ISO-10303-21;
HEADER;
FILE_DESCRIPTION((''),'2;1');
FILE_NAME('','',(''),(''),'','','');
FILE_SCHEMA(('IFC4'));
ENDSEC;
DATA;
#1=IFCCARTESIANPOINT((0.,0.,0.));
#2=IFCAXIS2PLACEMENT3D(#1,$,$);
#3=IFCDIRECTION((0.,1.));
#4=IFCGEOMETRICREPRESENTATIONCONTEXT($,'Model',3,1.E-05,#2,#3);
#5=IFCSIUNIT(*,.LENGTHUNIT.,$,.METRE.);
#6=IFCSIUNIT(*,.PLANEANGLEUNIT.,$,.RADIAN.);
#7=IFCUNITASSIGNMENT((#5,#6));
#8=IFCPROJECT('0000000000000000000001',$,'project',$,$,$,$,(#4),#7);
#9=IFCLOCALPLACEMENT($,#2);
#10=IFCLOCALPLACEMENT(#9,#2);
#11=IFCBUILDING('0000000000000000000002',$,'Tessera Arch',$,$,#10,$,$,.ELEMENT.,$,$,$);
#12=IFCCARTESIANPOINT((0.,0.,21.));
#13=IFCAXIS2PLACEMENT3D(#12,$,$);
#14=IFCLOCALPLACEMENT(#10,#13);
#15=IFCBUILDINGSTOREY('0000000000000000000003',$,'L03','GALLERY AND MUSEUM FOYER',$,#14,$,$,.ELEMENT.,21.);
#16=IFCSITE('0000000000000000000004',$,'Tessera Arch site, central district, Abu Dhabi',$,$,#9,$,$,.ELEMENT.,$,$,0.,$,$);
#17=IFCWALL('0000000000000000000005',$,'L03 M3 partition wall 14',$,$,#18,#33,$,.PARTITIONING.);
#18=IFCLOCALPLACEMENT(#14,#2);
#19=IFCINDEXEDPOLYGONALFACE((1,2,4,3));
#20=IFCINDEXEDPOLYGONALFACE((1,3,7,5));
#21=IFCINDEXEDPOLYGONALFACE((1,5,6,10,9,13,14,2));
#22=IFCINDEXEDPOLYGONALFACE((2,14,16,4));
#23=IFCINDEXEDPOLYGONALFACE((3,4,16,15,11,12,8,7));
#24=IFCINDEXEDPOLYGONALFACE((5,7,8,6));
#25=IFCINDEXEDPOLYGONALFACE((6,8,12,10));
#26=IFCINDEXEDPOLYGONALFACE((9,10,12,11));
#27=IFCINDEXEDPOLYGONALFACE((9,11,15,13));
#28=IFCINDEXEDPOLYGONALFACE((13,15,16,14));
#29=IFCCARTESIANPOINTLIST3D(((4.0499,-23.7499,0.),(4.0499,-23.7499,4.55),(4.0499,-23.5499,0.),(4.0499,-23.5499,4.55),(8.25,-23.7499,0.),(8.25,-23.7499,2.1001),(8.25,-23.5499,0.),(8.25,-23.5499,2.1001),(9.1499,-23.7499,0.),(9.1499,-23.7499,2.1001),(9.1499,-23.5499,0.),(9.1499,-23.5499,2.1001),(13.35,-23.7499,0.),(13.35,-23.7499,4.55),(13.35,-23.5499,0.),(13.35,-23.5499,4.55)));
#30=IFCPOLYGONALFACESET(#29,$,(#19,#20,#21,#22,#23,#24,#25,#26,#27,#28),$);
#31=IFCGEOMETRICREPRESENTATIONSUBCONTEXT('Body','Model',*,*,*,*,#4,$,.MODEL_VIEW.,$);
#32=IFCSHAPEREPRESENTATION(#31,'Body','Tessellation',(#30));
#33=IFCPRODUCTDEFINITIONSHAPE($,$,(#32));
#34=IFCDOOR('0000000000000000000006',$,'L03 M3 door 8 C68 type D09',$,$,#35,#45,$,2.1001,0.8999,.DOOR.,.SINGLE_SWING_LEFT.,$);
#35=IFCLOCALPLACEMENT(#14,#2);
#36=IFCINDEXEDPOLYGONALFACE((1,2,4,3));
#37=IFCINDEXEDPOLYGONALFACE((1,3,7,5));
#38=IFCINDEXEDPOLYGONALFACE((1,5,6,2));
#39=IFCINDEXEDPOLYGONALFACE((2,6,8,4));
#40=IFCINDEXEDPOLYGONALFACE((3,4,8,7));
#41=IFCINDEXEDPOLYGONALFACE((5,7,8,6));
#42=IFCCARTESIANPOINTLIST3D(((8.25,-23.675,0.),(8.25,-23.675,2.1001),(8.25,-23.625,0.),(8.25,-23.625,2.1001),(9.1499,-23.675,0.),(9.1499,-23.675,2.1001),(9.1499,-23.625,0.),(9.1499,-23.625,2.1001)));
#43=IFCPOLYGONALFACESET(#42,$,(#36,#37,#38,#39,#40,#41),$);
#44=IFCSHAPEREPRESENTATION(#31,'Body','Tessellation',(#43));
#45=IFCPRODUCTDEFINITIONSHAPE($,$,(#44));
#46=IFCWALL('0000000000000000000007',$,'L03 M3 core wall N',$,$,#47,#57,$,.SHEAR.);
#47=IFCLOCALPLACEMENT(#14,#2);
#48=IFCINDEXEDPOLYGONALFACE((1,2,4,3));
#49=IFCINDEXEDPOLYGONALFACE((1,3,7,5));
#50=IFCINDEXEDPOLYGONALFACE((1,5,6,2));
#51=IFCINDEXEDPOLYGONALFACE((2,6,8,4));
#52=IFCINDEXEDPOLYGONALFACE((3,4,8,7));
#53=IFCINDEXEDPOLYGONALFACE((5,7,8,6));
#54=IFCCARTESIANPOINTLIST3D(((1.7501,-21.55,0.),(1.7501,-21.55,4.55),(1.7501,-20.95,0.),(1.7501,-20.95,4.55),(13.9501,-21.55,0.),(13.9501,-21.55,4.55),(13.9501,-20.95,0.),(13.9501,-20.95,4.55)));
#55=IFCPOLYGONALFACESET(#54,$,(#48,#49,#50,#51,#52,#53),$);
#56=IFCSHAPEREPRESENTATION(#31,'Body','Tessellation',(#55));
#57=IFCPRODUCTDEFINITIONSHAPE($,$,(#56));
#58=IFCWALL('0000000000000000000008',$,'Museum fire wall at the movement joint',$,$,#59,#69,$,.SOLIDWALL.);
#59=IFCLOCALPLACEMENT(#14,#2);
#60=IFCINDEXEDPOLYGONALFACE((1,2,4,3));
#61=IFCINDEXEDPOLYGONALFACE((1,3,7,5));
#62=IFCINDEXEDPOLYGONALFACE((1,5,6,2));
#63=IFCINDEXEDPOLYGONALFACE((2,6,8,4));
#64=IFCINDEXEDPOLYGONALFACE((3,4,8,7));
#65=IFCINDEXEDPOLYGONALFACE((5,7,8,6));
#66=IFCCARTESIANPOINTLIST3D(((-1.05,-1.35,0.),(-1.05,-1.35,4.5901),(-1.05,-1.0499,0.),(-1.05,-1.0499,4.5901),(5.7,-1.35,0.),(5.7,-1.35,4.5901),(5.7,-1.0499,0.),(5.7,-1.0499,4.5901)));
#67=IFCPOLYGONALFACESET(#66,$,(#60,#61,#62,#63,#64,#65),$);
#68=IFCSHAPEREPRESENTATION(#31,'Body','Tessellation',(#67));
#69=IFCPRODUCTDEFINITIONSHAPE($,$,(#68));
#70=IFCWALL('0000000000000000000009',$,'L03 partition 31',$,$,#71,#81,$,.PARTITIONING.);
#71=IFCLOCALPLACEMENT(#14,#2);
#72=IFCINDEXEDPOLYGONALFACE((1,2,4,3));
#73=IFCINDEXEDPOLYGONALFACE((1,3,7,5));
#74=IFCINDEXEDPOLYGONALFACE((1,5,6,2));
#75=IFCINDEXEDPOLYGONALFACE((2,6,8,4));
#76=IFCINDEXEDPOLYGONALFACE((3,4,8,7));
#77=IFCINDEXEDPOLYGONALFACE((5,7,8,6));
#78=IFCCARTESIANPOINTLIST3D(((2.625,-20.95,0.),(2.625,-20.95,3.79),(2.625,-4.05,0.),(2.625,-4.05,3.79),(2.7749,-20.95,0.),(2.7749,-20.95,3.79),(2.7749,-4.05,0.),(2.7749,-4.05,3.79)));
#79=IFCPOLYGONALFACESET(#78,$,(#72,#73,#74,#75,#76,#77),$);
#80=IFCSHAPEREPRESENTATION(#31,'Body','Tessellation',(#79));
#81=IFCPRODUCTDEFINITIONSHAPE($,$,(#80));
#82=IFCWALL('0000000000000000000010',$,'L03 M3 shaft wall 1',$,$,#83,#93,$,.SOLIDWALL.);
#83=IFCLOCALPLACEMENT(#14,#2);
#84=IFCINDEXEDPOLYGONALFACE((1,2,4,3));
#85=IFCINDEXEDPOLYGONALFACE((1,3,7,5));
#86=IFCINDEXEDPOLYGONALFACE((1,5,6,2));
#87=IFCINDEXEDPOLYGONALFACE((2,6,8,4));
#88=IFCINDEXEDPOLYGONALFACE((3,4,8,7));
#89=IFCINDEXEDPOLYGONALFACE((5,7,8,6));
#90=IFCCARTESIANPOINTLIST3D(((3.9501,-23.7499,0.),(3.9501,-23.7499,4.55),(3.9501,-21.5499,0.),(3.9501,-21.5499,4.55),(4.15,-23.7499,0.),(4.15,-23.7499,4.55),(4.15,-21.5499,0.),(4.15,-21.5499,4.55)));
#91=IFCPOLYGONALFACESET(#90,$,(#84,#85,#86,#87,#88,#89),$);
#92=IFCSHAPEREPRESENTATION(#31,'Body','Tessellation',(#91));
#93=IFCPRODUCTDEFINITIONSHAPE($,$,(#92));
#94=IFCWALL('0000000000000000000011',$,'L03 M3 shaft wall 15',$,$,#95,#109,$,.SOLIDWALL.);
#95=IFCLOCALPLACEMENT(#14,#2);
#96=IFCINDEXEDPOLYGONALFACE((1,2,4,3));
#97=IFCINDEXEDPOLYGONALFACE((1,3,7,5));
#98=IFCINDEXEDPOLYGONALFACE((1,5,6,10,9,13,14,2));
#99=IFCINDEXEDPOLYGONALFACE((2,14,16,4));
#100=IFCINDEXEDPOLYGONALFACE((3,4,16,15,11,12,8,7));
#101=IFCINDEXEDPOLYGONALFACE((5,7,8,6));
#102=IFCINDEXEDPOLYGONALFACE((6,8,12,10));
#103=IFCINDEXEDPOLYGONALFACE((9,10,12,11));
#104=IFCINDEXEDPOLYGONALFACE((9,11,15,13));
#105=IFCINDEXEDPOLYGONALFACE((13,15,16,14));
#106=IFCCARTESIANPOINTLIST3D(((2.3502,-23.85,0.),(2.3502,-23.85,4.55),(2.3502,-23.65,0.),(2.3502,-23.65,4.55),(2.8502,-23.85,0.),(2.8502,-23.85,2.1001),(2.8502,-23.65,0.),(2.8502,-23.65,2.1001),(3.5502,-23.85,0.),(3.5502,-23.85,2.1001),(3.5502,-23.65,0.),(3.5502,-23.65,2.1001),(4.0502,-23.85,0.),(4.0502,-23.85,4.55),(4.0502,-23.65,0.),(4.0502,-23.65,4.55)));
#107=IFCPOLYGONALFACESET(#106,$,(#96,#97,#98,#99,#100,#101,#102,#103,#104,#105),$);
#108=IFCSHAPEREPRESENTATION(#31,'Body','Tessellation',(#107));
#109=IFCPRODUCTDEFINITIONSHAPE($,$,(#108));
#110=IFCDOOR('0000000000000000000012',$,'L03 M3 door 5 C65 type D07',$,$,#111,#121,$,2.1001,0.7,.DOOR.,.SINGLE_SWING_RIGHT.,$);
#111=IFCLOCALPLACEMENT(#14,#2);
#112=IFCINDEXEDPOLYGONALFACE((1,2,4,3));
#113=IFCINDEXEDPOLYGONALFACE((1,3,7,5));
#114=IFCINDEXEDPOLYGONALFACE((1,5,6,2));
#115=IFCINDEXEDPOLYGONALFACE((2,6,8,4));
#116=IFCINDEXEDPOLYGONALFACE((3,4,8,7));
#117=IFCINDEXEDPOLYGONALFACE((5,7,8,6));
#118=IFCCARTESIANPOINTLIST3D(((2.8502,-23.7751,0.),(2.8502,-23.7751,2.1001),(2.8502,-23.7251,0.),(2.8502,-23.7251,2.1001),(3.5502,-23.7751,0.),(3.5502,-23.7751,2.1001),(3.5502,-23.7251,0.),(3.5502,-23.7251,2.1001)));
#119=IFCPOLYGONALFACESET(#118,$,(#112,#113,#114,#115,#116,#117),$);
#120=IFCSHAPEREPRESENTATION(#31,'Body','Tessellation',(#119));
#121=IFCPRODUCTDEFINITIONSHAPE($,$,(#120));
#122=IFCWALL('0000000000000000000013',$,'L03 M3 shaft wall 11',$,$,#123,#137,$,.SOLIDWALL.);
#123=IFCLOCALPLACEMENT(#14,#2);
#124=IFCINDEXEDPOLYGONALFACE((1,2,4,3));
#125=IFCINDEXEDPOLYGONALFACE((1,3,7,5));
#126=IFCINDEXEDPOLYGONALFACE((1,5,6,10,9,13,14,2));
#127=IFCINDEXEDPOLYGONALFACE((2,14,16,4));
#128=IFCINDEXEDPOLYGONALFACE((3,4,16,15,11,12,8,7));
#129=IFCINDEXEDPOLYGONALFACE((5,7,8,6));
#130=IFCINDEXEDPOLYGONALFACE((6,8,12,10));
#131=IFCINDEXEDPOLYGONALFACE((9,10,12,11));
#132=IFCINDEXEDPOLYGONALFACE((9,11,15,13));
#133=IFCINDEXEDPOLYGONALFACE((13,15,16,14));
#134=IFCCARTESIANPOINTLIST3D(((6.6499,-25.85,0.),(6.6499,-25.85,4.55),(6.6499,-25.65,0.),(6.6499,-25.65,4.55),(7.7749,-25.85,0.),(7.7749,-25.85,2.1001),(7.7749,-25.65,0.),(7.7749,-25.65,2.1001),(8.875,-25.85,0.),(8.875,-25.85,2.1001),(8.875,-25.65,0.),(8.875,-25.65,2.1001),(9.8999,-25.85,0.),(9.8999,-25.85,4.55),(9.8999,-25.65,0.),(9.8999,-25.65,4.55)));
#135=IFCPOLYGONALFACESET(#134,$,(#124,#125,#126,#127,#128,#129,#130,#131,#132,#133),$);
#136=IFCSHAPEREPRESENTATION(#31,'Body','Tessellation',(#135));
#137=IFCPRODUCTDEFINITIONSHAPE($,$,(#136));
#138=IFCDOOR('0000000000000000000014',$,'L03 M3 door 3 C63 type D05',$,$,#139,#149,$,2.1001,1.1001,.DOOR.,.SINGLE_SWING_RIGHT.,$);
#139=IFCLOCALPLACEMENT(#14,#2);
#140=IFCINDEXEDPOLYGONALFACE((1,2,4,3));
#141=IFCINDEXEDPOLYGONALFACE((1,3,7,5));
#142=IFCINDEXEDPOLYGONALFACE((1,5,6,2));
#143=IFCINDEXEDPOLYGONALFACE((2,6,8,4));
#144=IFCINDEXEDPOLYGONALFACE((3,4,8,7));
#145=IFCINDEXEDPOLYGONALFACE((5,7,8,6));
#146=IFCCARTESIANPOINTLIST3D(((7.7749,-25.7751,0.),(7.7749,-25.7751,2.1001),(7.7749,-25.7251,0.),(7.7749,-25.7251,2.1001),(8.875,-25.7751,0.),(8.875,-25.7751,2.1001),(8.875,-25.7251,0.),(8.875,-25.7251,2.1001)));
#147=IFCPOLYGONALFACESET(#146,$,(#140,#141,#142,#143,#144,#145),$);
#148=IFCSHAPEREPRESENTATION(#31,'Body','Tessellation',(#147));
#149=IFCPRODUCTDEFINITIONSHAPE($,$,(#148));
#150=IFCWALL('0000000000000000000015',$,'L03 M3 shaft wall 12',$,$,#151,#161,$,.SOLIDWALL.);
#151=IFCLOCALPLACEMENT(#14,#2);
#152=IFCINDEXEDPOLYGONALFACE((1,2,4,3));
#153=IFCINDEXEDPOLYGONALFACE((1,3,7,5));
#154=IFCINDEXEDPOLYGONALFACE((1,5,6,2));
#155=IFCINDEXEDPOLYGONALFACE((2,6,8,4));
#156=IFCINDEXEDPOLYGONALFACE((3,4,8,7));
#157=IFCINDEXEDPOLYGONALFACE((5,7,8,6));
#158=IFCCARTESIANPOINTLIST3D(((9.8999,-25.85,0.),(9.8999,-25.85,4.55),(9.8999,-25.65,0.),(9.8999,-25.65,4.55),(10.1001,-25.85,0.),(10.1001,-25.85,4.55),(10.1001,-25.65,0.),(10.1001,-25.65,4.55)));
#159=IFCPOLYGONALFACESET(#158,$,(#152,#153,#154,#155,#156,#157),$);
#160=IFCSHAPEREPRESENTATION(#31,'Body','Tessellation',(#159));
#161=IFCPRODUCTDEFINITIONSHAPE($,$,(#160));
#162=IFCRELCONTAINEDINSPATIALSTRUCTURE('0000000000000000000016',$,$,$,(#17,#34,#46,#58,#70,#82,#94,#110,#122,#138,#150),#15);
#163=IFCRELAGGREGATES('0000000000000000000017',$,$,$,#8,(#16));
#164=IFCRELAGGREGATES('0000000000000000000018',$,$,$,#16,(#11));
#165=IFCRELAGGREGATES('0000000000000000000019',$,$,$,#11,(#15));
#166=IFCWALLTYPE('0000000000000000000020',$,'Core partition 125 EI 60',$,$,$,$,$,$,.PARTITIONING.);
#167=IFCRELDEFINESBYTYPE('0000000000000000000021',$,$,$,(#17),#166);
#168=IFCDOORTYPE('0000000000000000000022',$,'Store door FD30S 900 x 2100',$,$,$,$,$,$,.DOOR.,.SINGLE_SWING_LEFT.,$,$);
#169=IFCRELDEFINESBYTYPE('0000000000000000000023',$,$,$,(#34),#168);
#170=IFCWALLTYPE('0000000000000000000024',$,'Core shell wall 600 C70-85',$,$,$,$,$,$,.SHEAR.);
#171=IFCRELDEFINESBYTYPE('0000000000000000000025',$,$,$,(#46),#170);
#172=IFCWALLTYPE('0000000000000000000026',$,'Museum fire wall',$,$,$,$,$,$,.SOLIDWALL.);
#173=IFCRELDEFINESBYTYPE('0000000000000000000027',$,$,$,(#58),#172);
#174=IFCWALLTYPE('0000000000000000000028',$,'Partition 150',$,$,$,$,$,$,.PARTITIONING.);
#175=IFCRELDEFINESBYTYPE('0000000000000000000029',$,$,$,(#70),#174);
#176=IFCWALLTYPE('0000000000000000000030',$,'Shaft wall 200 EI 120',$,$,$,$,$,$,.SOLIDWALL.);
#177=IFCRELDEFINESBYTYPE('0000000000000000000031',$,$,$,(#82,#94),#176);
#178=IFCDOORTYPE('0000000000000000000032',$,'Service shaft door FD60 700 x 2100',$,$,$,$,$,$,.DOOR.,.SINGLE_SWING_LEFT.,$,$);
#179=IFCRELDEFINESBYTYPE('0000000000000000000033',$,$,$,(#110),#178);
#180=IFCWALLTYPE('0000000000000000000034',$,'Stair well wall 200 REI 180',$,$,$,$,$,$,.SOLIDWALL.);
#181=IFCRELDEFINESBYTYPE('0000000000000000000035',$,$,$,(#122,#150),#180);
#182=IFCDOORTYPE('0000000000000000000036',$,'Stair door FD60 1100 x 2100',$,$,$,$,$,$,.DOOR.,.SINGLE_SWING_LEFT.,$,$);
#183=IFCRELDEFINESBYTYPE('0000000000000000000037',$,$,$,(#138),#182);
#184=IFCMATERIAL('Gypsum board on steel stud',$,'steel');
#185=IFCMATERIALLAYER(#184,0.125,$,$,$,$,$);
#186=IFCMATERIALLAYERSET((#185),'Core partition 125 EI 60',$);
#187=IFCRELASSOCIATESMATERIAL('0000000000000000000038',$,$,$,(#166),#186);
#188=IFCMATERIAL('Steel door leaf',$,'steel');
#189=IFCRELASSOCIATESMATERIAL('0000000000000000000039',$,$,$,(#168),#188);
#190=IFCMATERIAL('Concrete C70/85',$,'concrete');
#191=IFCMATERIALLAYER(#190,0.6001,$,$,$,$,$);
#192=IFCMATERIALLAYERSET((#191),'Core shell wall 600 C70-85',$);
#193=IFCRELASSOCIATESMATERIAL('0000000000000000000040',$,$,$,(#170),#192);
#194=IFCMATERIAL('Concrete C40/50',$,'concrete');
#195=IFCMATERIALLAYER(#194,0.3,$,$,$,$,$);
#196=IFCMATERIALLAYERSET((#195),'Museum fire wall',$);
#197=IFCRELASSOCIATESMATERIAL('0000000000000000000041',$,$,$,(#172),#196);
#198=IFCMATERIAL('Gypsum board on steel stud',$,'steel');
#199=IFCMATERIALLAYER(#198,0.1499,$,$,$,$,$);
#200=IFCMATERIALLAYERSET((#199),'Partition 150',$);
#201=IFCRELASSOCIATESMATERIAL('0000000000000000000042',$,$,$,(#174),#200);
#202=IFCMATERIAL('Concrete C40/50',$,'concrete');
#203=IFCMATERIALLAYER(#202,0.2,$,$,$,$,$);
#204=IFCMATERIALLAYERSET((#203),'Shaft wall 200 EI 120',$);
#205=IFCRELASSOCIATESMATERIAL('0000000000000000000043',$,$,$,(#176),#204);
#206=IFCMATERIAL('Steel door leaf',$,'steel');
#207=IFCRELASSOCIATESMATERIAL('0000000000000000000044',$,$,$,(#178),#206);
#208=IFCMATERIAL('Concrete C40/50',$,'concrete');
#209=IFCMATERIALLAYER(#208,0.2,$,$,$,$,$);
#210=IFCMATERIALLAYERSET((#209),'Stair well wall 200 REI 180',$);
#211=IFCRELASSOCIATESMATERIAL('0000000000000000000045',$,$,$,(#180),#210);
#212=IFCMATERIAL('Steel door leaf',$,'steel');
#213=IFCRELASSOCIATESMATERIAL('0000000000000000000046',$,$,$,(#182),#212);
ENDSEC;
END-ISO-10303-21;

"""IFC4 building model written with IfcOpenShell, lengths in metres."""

from ifc_helpers import new_model, si_unit, direction, frame, frame_2d, origin, place, context, subcontext, project, spatial, rectangle, extrude, material, layer, layer_set, type_object, element, fill, save


model = new_model("IFC4")

# Units and contexts
model_context = context("Model", 3, precision=1e-05, world=origin(), true_north=direction((0.0, 1.0)))
body_context = subcontext(model_context, "Body", "Model", "MODEL_VIEW")
ifc_project = project(units=[si_unit("LENGTHUNIT", "METRE"), si_unit("PLANEANGLEUNIT", "RADIAN")], contexts=[model_context])

# Site, building, storey
site_placement = place(None, origin())
site = spatial("IfcSite", under=ifc_project, at=site_placement, Name="Tessera Arch site, central district, Abu Dhabi", CompositionType="ELEMENT", RefElevation=0.0)
building_placement = place(site_placement, origin())
building = spatial("IfcBuilding", under=site, at=building_placement, Name="Tessera Arch", CompositionType="ELEMENT")
storey_placement = place(building_placement, frame((0.0, 0.0, 21.0)))
storey = spatial("IfcBuildingStorey", under=building, at=storey_placement, Name="L03", Description="GALLERY AND MUSEUM FOYER", CompositionType="ELEMENT", Elevation=21.0)

# Wall, opening, door
ifc_material_1 = material(Name="Gypsum board on steel stud", Category="steel")
ifc_layer_1 = layer(ifc_material_1, 0.125)
ifc_layer_set_1 = layer_set([ifc_layer_1], Name="Core partition 125 EI 60")
wall_type_1 = type_object("IfcWallType", Name="Core partition 125 EI 60", PredefinedType="PARTITIONING", material=ifc_layer_set_1)
wall_1_placement = place(storey_placement, frame((4.05, -23.6499, 0.0), z_axis=(0.0, 0.0, 1.0), x_axis=(1.0, 0.0, 0.0)))
wall_1 = element("IfcWall", 1, at=wall_1_placement, inside=storey, type_object=wall_type_1, Name="L03 M3 partition wall 14", PredefinedType="PARTITIONING", context=body_context, shape_type="SweptSolid", body=[
    extrude(rectangle(XDim=9.3, YDim=0.2, at=frame_2d((4.6499, 0.0))), origin(), (0.0, 0.0, 1.0), 4.55),
])
opening_1_placement = place(wall_1_placement, frame((4.2, 0.0, 0.0)))
opening_1 = element("IfcOpeningElement", 2, at=opening_1_placement, cuts=wall_1, PredefinedType="OPENING", context=body_context, shape_type="SweptSolid", body=[
    extrude(rectangle(XDim=0.8999, YDim=2.1001, at=frame_2d((0.45, 1.05))), frame((0.0, 0.1099, 0.0), z_axis=(0.0, -1.0, 0.0), x_axis=(1.0, 0.0, 0.0)), (0.0, 0.0, 1.0), 0.22),
])
ifc_material_2 = material(Name="Steel door leaf", Category="steel")
door_type_1 = type_object("IfcDoorType", Name="Store door FD30S 900 x 2100", OperationType="SINGLE_SWING_LEFT", PredefinedType="DOOR", material=ifc_material_2)
door_1_placement = place(opening_1_placement, origin())
door_1 = element("IfcDoor", 3, at=door_1_placement, inside=storey, type_object=door_type_1, Name="L03 M3 door 8 C68 type D09", OperationType="SINGLE_SWING_LEFT", OverallHeight=2.1001, OverallWidth=0.8999, PredefinedType="DOOR", context=body_context, shape_type="SweptSolid", body=[
    extrude(rectangle(XDim=0.8999, YDim=2.1001, at=frame_2d((0.45, 1.05))), frame((0.0, 0.0249, 0.0), z_axis=(0.0, -1.0, 0.0), x_axis=(1.0, 0.0, 0.0)), (0.0, 0.0, 1.0), 0.05),
])
fill(opening_1, door_1)

# Walls
ifc_material_3 = material(Name="Concrete C70/85", Category="concrete")
ifc_layer_2 = layer(ifc_material_3, 0.6001)
ifc_layer_set_2 = layer_set([ifc_layer_2], Name="Core shell wall 600 C70-85")
wall_type_2 = type_object("IfcWallType", Name="Core shell wall 600 C70-85", PredefinedType="SHEAR", material=ifc_layer_set_2)
wall_2_placement = place(storey_placement, frame((1.75, -21.25, 0.0), z_axis=(0.0, 0.0, 1.0), x_axis=(1.0, 0.0, 0.0)))
element("IfcWall", 4, at=wall_2_placement, inside=storey, type_object=wall_type_2, Name="L03 M3 core wall N", PredefinedType="SHEAR", context=body_context, shape_type="SweptSolid", body=[
    extrude(rectangle(XDim=12.2, YDim=0.6001, at=frame_2d((6.1001, 0.0))), origin(), (0.0, 0.0, 1.0), 4.55),
])
ifc_material_4 = material(Name="Concrete C40/50", Category="concrete")
ifc_layer_3 = layer(ifc_material_4, 0.3)
ifc_layer_set_3 = layer_set([ifc_layer_3], Name="Museum fire wall")
wall_type_3 = type_object("IfcWallType", Name="Museum fire wall", PredefinedType="SOLIDWALL", material=ifc_layer_set_3)
wall_3_placement = place(storey_placement, frame((5.7, -1.2, 0.0), z_axis=(0.0, 0.0, 1.0), x_axis=(-1.0, 0.0, 0.0)))
element("IfcWall", 5, at=wall_3_placement, inside=storey, type_object=wall_type_3, Name="Museum fire wall at the movement joint", PredefinedType="SOLIDWALL", context=body_context, shape_type="SweptSolid", body=[
    extrude(rectangle(XDim=6.75, YDim=0.3, at=frame_2d((3.375, 0.0))), origin(), (0.0, 0.0, 1.0), 4.5901),
])
ifc_material_5 = material(Name="Gypsum board on steel stud", Category="steel")
ifc_layer_4 = layer(ifc_material_5, 0.1499)
ifc_layer_set_4 = layer_set([ifc_layer_4], Name="Partition 150")
wall_type_4 = type_object("IfcWallType", Name="Partition 150", PredefinedType="PARTITIONING", material=ifc_layer_set_4)
wall_4_placement = place(storey_placement, frame((2.7, -20.95, 0.0), z_axis=(0.0, 0.0, 1.0), x_axis=(0.0, 1.0, 0.0)))
element("IfcWall", 6, at=wall_4_placement, inside=storey, type_object=wall_type_4, Name="L03 partition 31", PredefinedType="PARTITIONING", context=body_context, shape_type="SweptSolid", body=[
    extrude(rectangle(XDim=16.8999, YDim=0.1499, at=frame_2d((8.45, 0.0))), origin(), (0.0, 0.0, 1.0), 3.79),
])
ifc_material_6 = material(Name="Concrete C40/50", Category="concrete")
ifc_layer_5 = layer(ifc_material_6, 0.2)
ifc_layer_set_5 = layer_set([ifc_layer_5], Name="Shaft wall 200 EI 120")
wall_type_5 = type_object("IfcWallType", Name="Shaft wall 200 EI 120", PredefinedType="SOLIDWALL", material=ifc_layer_set_5)
wall_5_placement = place(storey_placement, frame((4.05, -23.75, 0.0), z_axis=(0.0, 0.0, 1.0), x_axis=(0.0, 1.0, 0.0)))
element("IfcWall", 7, at=wall_5_placement, inside=storey, type_object=wall_type_5, Name="L03 M3 shaft wall 1", PredefinedType="SOLIDWALL", context=body_context, shape_type="SweptSolid", body=[
    extrude(rectangle(XDim=2.2, YDim=0.2, at=frame_2d((1.1001, 0.0))), origin(), (0.0, 0.0, 1.0), 4.55),
])

# Walls, openings, doors
wall_6_placement = place(storey_placement, frame((2.3501, -23.75, 0.0), z_axis=(0.0, 0.0, 1.0), x_axis=(1.0, 0.0, 0.0)))
wall_6 = element("IfcWall", 8, at=wall_6_placement, inside=storey, type_object=wall_type_5, Name="L03 M3 shaft wall 15", PredefinedType="SOLIDWALL", context=body_context, shape_type="SweptSolid", body=[
    extrude(rectangle(XDim=1.7, YDim=0.2, at=frame_2d((0.8501, 0.0))), origin(), (0.0, 0.0, 1.0), 4.55),
])
opening_2_placement = place(wall_6_placement, frame((0.5, 0.0, 0.0)))
opening_2 = element("IfcOpeningElement", 9, at=opening_2_placement, cuts=wall_6, PredefinedType="OPENING", context=body_context, shape_type="SweptSolid", body=[
    extrude(rectangle(XDim=0.7, YDim=2.1001, at=frame_2d((0.3501, 1.05))), frame((0.0, 0.1099, 0.0), z_axis=(0.0, -1.0, 0.0), x_axis=(1.0, 0.0, 0.0)), (0.0, 0.0, 1.0), 0.22),
])
ifc_material_7 = material(Name="Steel door leaf", Category="steel")
door_type_2 = type_object("IfcDoorType", Name="Service shaft door FD60 700 x 2100", OperationType="SINGLE_SWING_LEFT", PredefinedType="DOOR", material=ifc_material_7)
door_2_placement = place(opening_2_placement, origin())
door_2 = element("IfcDoor", 10, at=door_2_placement, inside=storey, type_object=door_type_2, Name="L03 M3 door 5 C65 type D07", OperationType="SINGLE_SWING_RIGHT", OverallHeight=2.1001, OverallWidth=0.7, PredefinedType="DOOR", context=body_context, shape_type="SweptSolid", body=[
    extrude(rectangle(XDim=0.7, YDim=2.1001, at=frame_2d((0.3501, 1.05))), frame((0.0, 0.0249, 0.0), z_axis=(0.0, -1.0, 0.0), x_axis=(1.0, 0.0, 0.0)), (0.0, 0.0, 1.0), 0.05),
])
fill(opening_2, door_2)
ifc_material_8 = material(Name="Concrete C40/50", Category="concrete")
ifc_layer_6 = layer(ifc_material_8, 0.2)
ifc_layer_set_6 = layer_set([ifc_layer_6], Name="Stair well wall 200 REI 180")
wall_type_6 = type_object("IfcWallType", Name="Stair well wall 200 REI 180", PredefinedType="SOLIDWALL", material=ifc_layer_set_6)
wall_7_placement = place(storey_placement, frame((6.6499, -25.75, 0.0), z_axis=(0.0, 0.0, 1.0), x_axis=(1.0, 0.0, 0.0)))
wall_7 = element("IfcWall", 11, at=wall_7_placement, inside=storey, type_object=wall_type_6, Name="L03 M3 shaft wall 11", PredefinedType="SOLIDWALL", context=body_context, shape_type="SweptSolid", body=[
    extrude(rectangle(XDim=3.25, YDim=0.2, at=frame_2d((1.625, 0.0))), origin(), (0.0, 0.0, 1.0), 4.55),
])
opening_3_placement = place(wall_7_placement, frame((1.125, 0.0, 0.0)))
opening_3 = element("IfcOpeningElement", 12, at=opening_3_placement, cuts=wall_7, PredefinedType="OPENING", context=body_context, shape_type="SweptSolid", body=[
    extrude(rectangle(XDim=1.1001, YDim=2.1001, at=frame_2d((0.55, 1.05))), frame((0.0, 0.1099, 0.0), z_axis=(0.0, -1.0, 0.0), x_axis=(1.0, 0.0, 0.0)), (0.0, 0.0, 1.0), 0.22),
])
ifc_material_9 = material(Name="Steel door leaf", Category="steel")
door_type_3 = type_object("IfcDoorType", Name="Stair door FD60 1100 x 2100", OperationType="SINGLE_SWING_LEFT", PredefinedType="DOOR", material=ifc_material_9)
door_3_placement = place(opening_3_placement, origin())
door_3 = element("IfcDoor", 13, at=door_3_placement, inside=storey, type_object=door_type_3, Name="L03 M3 door 3 C63 type D05", OperationType="SINGLE_SWING_RIGHT", OverallHeight=2.1001, OverallWidth=1.1001, PredefinedType="DOOR", context=body_context, shape_type="SweptSolid", body=[
    extrude(rectangle(XDim=1.1001, YDim=2.1001, at=frame_2d((0.55, 1.05))), frame((0.0, 0.0249, 0.0), z_axis=(0.0, -1.0, 0.0), x_axis=(1.0, 0.0, 0.0)), (0.0, 0.0, 1.0), 0.05),
])
fill(opening_3, door_3)

# Wall
wall_8_placement = place(storey_placement, frame((9.8999, -25.75, 0.0), z_axis=(0.0, 0.0, 1.0), x_axis=(1.0, 0.0, 0.0)))
element("IfcWall", 14, at=wall_8_placement, inside=storey, type_object=wall_type_6, Name="L03 M3 shaft wall 12", PredefinedType="SOLIDWALL", context=body_context, shape_type="SweptSolid", body=[
    extrude(rectangle(XDim=0.2002, YDim=0.2, at=frame_2d((0.1001, 0.0))), origin(), (0.0, 0.0, 1.0), 4.55),
])

save(model, "model.ifc")
